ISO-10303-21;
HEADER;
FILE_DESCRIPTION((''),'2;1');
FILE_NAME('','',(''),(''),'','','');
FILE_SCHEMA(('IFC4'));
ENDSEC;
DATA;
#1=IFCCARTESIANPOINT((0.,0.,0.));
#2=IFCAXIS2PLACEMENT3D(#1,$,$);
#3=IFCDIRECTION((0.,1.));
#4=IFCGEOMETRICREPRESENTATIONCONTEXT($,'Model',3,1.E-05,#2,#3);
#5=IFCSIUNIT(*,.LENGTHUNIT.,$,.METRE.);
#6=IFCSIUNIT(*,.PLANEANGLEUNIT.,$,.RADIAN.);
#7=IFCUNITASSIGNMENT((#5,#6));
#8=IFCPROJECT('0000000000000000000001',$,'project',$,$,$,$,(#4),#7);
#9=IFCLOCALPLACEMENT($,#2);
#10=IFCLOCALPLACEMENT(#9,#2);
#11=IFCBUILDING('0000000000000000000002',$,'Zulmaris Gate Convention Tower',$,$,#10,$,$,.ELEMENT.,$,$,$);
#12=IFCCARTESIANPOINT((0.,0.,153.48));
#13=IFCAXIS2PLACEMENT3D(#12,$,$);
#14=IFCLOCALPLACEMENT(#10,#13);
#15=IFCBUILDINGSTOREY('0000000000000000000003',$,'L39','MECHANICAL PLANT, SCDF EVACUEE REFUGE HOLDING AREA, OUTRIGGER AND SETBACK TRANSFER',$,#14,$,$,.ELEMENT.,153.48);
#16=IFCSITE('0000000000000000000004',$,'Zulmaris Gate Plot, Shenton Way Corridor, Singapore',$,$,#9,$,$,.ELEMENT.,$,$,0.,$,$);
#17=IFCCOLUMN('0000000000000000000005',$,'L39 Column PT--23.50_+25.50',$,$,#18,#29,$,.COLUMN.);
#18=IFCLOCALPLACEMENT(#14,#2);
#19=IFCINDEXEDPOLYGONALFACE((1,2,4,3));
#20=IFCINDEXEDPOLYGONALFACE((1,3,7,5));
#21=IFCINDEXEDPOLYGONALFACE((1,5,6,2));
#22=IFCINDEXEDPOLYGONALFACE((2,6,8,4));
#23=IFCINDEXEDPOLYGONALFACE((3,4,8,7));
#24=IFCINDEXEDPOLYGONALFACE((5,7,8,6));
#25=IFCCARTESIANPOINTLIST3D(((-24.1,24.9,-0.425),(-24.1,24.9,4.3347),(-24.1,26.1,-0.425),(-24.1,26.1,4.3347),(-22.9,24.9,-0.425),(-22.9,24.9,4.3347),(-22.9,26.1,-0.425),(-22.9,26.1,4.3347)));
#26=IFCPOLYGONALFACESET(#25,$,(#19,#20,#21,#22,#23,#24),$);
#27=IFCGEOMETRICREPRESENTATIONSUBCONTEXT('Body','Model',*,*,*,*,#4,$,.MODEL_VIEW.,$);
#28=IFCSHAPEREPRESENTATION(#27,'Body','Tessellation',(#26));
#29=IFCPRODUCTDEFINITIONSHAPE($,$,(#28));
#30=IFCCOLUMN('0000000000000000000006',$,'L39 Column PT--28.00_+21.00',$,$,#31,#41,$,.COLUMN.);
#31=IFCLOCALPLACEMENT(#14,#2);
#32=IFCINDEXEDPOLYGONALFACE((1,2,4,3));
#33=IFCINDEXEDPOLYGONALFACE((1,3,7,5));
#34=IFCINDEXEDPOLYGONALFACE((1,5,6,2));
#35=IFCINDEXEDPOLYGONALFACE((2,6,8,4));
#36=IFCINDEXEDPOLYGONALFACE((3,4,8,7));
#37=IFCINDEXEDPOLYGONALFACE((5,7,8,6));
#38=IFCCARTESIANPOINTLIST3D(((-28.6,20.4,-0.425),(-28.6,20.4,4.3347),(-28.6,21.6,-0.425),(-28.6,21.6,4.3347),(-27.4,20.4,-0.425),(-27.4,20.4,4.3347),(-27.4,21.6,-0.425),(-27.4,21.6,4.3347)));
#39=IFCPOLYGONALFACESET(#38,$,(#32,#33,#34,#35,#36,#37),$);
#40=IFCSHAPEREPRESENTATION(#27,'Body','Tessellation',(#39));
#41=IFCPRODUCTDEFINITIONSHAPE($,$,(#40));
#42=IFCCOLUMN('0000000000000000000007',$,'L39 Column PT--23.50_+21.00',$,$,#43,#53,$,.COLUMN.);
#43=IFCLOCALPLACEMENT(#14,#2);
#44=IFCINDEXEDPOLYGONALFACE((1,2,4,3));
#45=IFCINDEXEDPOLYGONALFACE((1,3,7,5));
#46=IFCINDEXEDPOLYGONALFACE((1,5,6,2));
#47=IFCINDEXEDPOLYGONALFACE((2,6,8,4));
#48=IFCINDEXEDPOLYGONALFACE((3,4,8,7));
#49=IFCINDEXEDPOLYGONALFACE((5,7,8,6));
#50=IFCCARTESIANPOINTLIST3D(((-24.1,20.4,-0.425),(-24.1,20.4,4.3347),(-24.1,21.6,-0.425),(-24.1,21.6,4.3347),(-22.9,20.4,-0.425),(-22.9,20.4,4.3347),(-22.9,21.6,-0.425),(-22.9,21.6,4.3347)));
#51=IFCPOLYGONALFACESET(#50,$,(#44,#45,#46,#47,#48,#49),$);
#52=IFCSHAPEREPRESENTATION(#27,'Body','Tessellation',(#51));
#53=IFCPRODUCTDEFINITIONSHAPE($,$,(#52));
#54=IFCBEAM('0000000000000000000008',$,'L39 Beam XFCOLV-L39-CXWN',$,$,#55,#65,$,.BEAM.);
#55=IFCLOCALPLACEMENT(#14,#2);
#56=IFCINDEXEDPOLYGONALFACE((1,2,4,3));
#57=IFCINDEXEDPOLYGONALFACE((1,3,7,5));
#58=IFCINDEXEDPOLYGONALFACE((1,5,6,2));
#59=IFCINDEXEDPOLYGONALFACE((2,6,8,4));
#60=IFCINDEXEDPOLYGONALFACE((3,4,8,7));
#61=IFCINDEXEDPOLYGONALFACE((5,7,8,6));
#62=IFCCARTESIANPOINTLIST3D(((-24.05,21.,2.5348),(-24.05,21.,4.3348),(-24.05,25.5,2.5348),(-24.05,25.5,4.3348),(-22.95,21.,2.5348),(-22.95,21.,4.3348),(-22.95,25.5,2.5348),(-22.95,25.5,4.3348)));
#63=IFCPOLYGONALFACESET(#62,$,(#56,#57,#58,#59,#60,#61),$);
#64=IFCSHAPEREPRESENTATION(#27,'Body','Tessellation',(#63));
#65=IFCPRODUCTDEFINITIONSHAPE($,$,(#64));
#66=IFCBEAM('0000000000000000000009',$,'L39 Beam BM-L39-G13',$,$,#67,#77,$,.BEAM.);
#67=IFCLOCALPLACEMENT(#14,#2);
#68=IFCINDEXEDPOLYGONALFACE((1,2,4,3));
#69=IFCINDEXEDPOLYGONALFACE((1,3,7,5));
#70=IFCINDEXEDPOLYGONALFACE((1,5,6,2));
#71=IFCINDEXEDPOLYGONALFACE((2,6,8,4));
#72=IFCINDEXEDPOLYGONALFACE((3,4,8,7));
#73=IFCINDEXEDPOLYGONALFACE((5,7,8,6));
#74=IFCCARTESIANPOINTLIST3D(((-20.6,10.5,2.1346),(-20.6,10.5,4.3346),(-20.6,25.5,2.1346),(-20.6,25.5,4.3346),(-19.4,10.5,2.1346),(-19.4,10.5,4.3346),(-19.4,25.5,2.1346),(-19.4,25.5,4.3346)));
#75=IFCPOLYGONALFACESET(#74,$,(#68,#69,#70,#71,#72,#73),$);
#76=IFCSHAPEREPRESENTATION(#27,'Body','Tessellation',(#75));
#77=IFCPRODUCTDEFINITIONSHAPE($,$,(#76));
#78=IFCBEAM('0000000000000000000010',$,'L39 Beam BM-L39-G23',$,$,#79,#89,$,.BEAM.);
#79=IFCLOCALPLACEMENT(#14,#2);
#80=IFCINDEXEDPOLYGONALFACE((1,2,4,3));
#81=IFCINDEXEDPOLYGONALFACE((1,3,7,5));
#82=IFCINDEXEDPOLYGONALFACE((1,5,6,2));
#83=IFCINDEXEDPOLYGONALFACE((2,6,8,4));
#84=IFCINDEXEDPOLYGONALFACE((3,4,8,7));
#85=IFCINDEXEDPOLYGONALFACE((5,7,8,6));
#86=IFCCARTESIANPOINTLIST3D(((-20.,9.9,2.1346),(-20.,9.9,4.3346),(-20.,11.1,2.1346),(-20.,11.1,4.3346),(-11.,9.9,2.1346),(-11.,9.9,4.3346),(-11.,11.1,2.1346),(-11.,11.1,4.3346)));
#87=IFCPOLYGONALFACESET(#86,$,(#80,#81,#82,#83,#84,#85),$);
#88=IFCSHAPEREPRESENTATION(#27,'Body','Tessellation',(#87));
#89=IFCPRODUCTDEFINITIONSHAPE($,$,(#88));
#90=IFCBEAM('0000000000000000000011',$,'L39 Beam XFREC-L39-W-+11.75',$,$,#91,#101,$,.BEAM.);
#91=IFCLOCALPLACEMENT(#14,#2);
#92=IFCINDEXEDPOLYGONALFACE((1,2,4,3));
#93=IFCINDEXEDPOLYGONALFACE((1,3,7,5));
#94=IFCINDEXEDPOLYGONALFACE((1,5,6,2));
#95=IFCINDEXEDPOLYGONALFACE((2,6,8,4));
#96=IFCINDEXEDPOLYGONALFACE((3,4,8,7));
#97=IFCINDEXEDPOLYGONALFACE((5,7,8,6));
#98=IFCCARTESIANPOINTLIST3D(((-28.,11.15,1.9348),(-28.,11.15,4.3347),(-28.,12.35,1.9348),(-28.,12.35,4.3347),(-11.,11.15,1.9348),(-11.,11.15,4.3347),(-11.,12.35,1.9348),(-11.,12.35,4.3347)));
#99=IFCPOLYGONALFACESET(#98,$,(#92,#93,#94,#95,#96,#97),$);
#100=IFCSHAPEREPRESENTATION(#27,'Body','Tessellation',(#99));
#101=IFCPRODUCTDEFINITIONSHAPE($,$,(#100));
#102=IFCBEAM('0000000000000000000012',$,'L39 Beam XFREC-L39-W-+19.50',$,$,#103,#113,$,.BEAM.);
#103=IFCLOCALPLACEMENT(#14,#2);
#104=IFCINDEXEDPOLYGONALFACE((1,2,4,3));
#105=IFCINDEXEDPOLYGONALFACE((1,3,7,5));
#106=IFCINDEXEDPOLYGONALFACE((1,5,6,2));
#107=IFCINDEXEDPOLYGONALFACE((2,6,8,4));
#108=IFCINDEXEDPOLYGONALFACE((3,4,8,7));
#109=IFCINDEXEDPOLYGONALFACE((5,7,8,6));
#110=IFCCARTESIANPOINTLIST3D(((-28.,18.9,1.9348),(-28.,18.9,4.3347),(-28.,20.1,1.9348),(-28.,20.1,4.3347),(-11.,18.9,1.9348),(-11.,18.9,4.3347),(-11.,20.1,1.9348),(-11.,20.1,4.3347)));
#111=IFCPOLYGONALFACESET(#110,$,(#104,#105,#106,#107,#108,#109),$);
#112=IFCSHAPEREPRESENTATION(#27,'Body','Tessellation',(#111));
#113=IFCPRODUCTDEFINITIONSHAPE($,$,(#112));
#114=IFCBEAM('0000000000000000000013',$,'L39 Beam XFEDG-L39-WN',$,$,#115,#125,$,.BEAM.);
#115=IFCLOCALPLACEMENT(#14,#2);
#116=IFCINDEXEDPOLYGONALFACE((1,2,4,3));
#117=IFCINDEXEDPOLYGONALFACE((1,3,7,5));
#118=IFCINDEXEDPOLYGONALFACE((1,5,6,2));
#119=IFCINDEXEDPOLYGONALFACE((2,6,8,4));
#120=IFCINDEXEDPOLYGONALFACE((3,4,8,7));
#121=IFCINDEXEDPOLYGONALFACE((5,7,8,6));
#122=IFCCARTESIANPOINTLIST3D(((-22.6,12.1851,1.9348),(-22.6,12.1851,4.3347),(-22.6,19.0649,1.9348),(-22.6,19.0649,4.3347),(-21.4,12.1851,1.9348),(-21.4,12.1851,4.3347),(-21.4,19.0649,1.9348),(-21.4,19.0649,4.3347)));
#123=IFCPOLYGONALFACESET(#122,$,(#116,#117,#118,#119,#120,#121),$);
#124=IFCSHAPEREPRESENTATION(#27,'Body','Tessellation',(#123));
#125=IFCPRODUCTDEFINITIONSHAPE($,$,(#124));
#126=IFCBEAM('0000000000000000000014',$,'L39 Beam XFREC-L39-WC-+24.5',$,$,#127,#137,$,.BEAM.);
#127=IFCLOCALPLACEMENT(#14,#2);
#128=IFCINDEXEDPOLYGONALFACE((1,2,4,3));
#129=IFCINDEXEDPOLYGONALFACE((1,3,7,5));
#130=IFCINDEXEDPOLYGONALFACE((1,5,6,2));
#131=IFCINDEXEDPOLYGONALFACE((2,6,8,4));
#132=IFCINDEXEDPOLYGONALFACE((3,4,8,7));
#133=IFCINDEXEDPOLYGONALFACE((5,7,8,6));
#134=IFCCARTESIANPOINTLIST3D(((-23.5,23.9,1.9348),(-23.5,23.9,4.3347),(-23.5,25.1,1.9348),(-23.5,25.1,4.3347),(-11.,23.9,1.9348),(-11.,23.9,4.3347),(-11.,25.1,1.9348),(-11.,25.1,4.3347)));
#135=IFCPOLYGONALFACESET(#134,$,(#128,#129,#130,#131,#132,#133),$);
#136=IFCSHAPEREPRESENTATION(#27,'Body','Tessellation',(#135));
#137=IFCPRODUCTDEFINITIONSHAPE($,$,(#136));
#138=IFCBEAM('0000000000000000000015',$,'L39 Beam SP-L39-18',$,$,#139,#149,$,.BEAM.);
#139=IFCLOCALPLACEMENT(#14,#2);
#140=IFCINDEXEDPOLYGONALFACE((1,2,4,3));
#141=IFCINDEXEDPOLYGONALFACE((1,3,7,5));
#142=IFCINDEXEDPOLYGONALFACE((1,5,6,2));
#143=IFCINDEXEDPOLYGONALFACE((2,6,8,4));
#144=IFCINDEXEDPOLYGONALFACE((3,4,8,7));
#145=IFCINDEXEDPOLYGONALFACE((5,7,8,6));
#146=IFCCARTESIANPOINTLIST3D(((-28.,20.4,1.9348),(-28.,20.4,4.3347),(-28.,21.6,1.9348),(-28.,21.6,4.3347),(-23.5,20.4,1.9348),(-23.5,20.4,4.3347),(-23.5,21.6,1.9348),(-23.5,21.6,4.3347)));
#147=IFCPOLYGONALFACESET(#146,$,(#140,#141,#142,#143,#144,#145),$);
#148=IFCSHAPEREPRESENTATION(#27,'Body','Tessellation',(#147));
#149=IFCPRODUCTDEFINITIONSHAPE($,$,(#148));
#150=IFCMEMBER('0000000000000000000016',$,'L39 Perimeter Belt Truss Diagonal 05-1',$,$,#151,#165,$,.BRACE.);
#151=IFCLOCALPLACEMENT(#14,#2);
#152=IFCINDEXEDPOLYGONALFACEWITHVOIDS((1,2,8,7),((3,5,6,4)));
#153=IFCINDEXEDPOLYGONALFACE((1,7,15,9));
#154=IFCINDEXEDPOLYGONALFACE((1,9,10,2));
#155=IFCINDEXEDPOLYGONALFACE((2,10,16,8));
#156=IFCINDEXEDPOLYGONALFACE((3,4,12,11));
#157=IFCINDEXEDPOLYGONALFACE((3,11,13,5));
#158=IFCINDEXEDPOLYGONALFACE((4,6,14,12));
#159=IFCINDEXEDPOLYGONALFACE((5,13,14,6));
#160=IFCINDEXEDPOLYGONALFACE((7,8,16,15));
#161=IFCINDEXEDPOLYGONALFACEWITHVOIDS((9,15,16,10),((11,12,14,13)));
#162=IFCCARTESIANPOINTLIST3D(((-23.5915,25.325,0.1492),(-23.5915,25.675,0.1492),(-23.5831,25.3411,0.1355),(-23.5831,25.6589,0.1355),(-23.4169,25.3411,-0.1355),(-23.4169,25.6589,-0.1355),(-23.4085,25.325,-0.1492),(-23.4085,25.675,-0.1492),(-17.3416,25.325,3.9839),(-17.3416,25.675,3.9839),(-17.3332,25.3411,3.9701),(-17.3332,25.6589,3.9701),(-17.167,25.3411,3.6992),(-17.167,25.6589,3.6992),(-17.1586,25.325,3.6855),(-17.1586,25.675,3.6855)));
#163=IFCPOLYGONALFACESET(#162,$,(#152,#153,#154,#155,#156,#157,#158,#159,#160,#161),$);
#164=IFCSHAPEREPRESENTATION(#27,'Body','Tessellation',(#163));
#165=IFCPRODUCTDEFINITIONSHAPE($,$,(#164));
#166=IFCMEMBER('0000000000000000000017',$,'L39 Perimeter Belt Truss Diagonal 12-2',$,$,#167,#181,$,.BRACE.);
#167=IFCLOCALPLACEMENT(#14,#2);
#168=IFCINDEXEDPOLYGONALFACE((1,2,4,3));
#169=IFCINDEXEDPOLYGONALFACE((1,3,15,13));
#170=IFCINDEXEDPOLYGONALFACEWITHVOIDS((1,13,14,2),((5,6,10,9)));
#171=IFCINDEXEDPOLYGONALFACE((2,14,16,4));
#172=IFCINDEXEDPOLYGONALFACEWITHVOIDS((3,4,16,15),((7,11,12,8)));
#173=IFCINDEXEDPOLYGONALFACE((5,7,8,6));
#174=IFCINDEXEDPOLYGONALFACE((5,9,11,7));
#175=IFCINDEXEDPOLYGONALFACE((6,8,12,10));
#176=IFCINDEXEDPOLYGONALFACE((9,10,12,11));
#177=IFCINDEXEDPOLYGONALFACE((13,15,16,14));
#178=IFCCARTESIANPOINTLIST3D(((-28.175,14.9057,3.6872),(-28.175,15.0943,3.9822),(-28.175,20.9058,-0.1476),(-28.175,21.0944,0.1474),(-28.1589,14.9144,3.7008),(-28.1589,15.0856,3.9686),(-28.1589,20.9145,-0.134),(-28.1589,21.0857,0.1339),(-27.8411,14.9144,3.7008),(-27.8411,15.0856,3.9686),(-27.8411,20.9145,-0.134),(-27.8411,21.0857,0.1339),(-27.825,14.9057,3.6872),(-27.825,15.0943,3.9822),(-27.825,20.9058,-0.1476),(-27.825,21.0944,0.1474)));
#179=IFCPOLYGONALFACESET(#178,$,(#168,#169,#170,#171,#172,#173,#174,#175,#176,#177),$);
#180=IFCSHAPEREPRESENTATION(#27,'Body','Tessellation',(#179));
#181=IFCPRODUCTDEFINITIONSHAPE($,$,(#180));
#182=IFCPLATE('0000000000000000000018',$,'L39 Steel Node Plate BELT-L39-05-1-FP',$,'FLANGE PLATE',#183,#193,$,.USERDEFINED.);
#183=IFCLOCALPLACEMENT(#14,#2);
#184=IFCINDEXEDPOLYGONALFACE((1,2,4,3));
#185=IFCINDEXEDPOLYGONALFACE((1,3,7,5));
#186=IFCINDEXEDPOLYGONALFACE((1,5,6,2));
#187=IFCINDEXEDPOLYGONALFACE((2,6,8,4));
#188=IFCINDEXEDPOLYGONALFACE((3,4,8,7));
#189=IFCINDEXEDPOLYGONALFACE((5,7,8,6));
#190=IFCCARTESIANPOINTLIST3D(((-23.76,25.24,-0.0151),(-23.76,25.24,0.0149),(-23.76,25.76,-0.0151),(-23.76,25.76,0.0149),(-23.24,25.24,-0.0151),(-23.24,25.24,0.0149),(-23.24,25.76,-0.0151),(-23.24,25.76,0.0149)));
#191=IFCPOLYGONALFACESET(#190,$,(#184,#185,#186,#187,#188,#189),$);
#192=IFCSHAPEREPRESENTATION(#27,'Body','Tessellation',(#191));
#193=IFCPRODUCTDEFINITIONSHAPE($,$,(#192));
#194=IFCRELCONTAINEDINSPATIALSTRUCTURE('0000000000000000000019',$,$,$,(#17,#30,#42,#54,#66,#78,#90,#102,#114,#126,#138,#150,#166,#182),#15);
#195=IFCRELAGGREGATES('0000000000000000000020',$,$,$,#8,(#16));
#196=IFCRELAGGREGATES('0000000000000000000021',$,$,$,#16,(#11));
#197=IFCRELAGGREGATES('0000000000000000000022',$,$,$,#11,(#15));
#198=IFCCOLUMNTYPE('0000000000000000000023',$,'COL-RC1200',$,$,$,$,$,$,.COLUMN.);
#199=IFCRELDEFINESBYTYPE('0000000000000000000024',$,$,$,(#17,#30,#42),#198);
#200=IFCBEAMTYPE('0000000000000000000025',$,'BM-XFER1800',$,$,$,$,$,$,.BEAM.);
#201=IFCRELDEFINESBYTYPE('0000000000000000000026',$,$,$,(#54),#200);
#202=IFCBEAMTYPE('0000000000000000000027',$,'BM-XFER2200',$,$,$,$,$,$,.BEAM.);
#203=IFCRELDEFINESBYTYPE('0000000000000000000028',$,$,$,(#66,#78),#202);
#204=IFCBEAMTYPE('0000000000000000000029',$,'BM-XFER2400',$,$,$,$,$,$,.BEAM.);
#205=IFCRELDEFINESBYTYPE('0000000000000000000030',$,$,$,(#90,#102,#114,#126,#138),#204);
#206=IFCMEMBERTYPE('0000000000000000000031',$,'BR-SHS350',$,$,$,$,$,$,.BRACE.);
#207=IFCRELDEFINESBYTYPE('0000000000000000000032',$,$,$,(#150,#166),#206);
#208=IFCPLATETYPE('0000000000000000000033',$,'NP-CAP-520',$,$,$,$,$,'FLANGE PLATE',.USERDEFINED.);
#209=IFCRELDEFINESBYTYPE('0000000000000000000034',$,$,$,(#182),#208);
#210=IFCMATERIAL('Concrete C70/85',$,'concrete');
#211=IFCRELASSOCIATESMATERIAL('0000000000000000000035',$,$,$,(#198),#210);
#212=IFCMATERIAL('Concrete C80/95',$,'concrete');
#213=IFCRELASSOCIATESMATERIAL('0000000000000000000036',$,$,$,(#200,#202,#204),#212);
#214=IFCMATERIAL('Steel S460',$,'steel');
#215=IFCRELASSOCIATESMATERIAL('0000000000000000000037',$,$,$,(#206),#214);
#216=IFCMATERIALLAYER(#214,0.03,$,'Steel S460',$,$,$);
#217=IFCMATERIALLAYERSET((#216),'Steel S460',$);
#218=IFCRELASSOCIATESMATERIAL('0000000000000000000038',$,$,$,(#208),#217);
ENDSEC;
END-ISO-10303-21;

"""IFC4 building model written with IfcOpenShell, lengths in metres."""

from ifc_helpers import new_model, si_unit, direction, frame, origin, origin_2d, place, context, subcontext, project, spatial, rectangle, hollow_rectangle, extrude, material, layer, layer_set, material_profile, profile_set, type_object, element, save


model = new_model("IFC4")

# Units and contexts
model_context = context("Model", 3, precision=1e-05, world=origin(), true_north=direction((0.0, 1.0)))
body_context = subcontext(model_context, "Body", "Model", "MODEL_VIEW")
ifc_project = project(units=[si_unit("LENGTHUNIT", "METRE"), si_unit("PLANEANGLEUNIT", "RADIAN")], contexts=[model_context])

# Site, building, storey
site_placement = place(None, origin())
site = spatial("IfcSite", under=ifc_project, at=site_placement, Name="Zulmaris Gate Plot, Shenton Way Corridor, Singapore", CompositionType="ELEMENT", RefElevation=0.0)
building_placement = place(site_placement, origin())
building = spatial("IfcBuilding", under=site, at=building_placement, Name="Zulmaris Gate Convention Tower", CompositionType="ELEMENT")
storey_placement = place(building_placement, frame((0.0, 0.0, 153.48)))
storey = spatial("IfcBuildingStorey", under=building, at=storey_placement, Name="L39", Description="MECHANICAL PLANT, SCDF EVACUEE REFUGE HOLDING AREA, OUTRIGGER AND SETBACK TRANSFER", CompositionType="ELEMENT", Elevation=153.48)

# Columns
ifc_material_1 = material(Name="Concrete C70/85", Category="concrete")
ifc_material_profile_1 = material_profile(ifc_material_1, rectangle(XDim=1.2, YDim=1.2, at=origin_2d()), Name="RC COL 1200x1200")
ifc_profile_set_1 = profile_set([ifc_material_profile_1], Name="Concrete C70/85")
column_type = type_object("IfcColumnType", Name="COL-RC1200", PredefinedType="COLUMN", material=ifc_profile_set_1)
for number, where, z_axis, x_axis, name in (
    (1, (-23.5, 25.5, -0.425), (0.0, 0.0, 1.0), (1.0, 0.0, 0.0), "L39 Column PT--23.50_+25.50"),
    (2, (-28.0, 21.0, -0.425), (0.0, 0.0, 1.0), (1.0, 0.0, 0.0), "L39 Column PT--28.00_+21.00"),
    (3, (-23.5, 21.0, -0.425), (0.0, 0.0, 1.0), (1.0, 0.0, 0.0), "L39 Column PT--23.50_+21.00"),
):
    element("IfcColumn", number, at=place(storey_placement, frame(where, z_axis=z_axis, x_axis=x_axis)), inside=storey, type_object=column_type, Name=name, PredefinedType="COLUMN", context=body_context, shape_type="SweptSolid", body=[
        extrude(rectangle(XDim=1.2, YDim=1.2, at=origin_2d()), origin(), (0.0, 0.0, 1.0), 4.7598),
    ])

# Beams
ifc_material_2 = material(Name="Concrete C80/95", Category="concrete")
ifc_material_profile_2 = material_profile(ifc_material_2, rectangle(XDim=1.1001, YDim=1.8, at=origin_2d()), Name="RC TRANSFER 1100x1800")
ifc_profile_set_2 = profile_set([ifc_material_profile_2], Name="Concrete C80/95")
beam_type_1 = type_object("IfcBeamType", Name="BM-XFER1800", PredefinedType="BEAM", material=ifc_profile_set_2)
beam_1_placement = place(storey_placement, frame((-23.5, 21.0, 3.4348), z_axis=(0.0, 1.0, 0.0), x_axis=(-1.0, 0.0, 0.0)))
element("IfcBeam", 4, at=beam_1_placement, inside=storey, type_object=beam_type_1, Name="L39 Beam XFCOLV-L39-CXWN", PredefinedType="BEAM", context=body_context, shape_type="SweptSolid", body=[
    extrude(rectangle(XDim=1.1001, YDim=1.8, at=origin_2d()), origin(), (0.0, 0.0, 1.0), 4.5),
])
ifc_material_profile_3 = material_profile(ifc_material_2, rectangle(XDim=1.2, YDim=2.2, at=origin_2d()), Name="RC TRANSFER 1200x2200")
ifc_profile_set_3 = profile_set([ifc_material_profile_3], Name="Concrete C80/95")
beam_type_2 = type_object("IfcBeamType", Name="BM-XFER2200", PredefinedType="BEAM", material=ifc_profile_set_3)
beam_2_placement = place(storey_placement, frame((-20.0, 10.5, 3.2346), z_axis=(0.0, 1.0, 0.0), x_axis=(-1.0, 0.0, 0.0)))
element("IfcBeam", 5, at=beam_2_placement, inside=storey, type_object=beam_type_2, Name="L39 Beam BM-L39-G13", PredefinedType="BEAM", context=body_context, shape_type="SweptSolid", body=[
    extrude(rectangle(XDim=1.2, YDim=2.2, at=origin_2d()), origin(), (0.0, 0.0, 1.0), 15.0),
])
beam_3_placement = place(storey_placement, frame((-20.0, 10.5, 3.2346), z_axis=(1.0, 0.0, 0.0), x_axis=(0.0, 1.0, 0.0)))
element("IfcBeam", 6, at=beam_3_placement, inside=storey, type_object=beam_type_2, Name="L39 Beam BM-L39-G23", PredefinedType="BEAM", context=body_context, shape_type="SweptSolid", body=[
    extrude(rectangle(XDim=1.2, YDim=2.2, at=origin_2d()), origin(), (0.0, 0.0, 1.0), 9.0),
])
ifc_material_profile_4 = material_profile(ifc_material_2, rectangle(XDim=1.2, YDim=2.3999, at=origin_2d()), Name="RC TRANSFER 1200x2400")
ifc_profile_set_4 = profile_set([ifc_material_profile_4], Name="Concrete C80/95")
beam_type_3 = type_object("IfcBeamType", Name="BM-XFER2400", PredefinedType="BEAM", material=ifc_profile_set_4)
for number, where, z_axis, x_axis, name in (
    (7, (-28.0, 11.75, 3.1348), (1.0, 0.0, 0.0), (0.0, 1.0, 0.0), "L39 Beam XFREC-L39-W-+11.75"),
    (8, (-28.0, 19.5, 3.1348), (1.0, 0.0, 0.0), (0.0, 1.0, 0.0), "L39 Beam XFREC-L39-W-+19.50"),
):
    element("IfcBeam", number, at=place(storey_placement, frame(where, z_axis=z_axis, x_axis=x_axis)), inside=storey, type_object=beam_type_3, Name=name, PredefinedType="BEAM", context=body_context, shape_type="SweptSolid", body=[
        extrude(rectangle(XDim=1.2, YDim=2.3999, at=origin_2d()), origin(), (0.0, 0.0, 1.0), 17.0),
    ])
beam_4_placement = place(storey_placement, frame((-22.0, 12.1851, 3.1348), z_axis=(0.0, 1.0, 0.0), x_axis=(-1.0, 0.0, 0.0)))
element("IfcBeam", 9, at=beam_4_placement, inside=storey, type_object=beam_type_3, Name="L39 Beam XFEDG-L39-WN", PredefinedType="BEAM", context=body_context, shape_type="SweptSolid", body=[
    extrude(rectangle(XDim=1.2, YDim=2.3999, at=origin_2d()), origin(), (0.0, 0.0, 1.0), 6.8799),
])
beam_5_placement = place(storey_placement, frame((-23.5, 24.5, 3.1348), z_axis=(1.0, 0.0, 0.0), x_axis=(0.0, 1.0, 0.0)))
element("IfcBeam", 10, at=beam_5_placement, inside=storey, type_object=beam_type_3, Name="L39 Beam XFREC-L39-WC-+24.5", PredefinedType="BEAM", context=body_context, shape_type="SweptSolid", body=[
    extrude(rectangle(XDim=1.2, YDim=2.3999, at=origin_2d()), origin(), (0.0, 0.0, 1.0), 12.5),
])
beam_6_placement = place(storey_placement, frame((-23.5, 21.0, 3.1348), z_axis=(-1.0, 0.0, 0.0), x_axis=(0.0, -1.0, 0.0)))
element("IfcBeam", 11, at=beam_6_placement, inside=storey, type_object=beam_type_3, Name="L39 Beam SP-L39-18", PredefinedType="BEAM", context=body_context, shape_type="SweptSolid", body=[
    extrude(rectangle(XDim=1.2, YDim=2.3999, at=origin_2d()), origin(), (0.0, 0.0, 1.0), 4.5),
])

# Members
ifc_material_3 = material(Name="Steel S460", Category="steel")
ifc_material_profile_5 = material_profile(ifc_material_3, hollow_rectangle(XDim=0.3501, YDim=0.3501, WallThickness=0.0161, at=origin_2d()), Name="SHS 350x350x16")
ifc_profile_set_5 = profile_set([ifc_material_profile_5], Name="Steel S460")
member_type = type_object("IfcMemberType", Name="BR-SHS350", PredefinedType="BRACE", material=ifc_profile_set_5)
member_1_placement = place(storey_placement, frame((-23.5, 25.5, 0.0), z_axis=(0.852354, 0.0, 0.522966), x_axis=(0.0, 1.0, 0.0)))
element("IfcMember", 12, at=member_1_placement, inside=storey, type_object=member_type, Name="L39 Perimeter Belt Truss Diagonal 05-1", PredefinedType="BRACE", context=body_context, shape_type="SweptSolid", body=[
    extrude(hollow_rectangle(XDim=0.3501, YDim=0.3501, WallThickness=0.0161, at=origin_2d()), origin(), (0.0, 0.0, 1.0), 7.3325),
])
member_2_placement = place(storey_placement, frame((-28.0, 15.0, 3.8347), z_axis=(0.0, 0.842608, -0.538527), x_axis=(-1.0, 0.0, 0.0)))
element("IfcMember", 13, at=member_2_placement, inside=storey, type_object=member_type, Name="L39 Perimeter Belt Truss Diagonal 12-2", PredefinedType="BRACE", context=body_context, shape_type="SweptSolid", body=[
    extrude(hollow_rectangle(XDim=0.3501, YDim=0.3501, WallThickness=0.0161, at=origin_2d()), origin(), (0.0, 0.0, 1.0), 7.1208),
])

# Plate
ifc_layer_1 = layer(ifc_material_3, 0.03, Name="Steel S460")
ifc_layer_set_1 = layer_set([ifc_layer_1], Name="Steel S460")
plate_type_1 = type_object("IfcPlateType", Name="NP-CAP-520", ElementType="FLANGE PLATE", PredefinedType="USERDEFINED", material=ifc_layer_set_1)
for number, where, z_axis, x_axis, name in (
    (14, (-23.5, 25.5, -0.0151), (0.0, 0.0, 1.0), (1.0, 0.0, 0.0), "L39 Steel Node Plate BELT-L39-05-1-FP"),
):
    element("IfcPlate", number, at=place(storey_placement, frame(where, z_axis=z_axis, x_axis=x_axis)), inside=storey, type_object=plate_type_1, Name=name, ObjectType="FLANGE PLATE", PredefinedType="USERDEFINED", context=body_context, shape_type="SweptSolid", body=[
        extrude(rectangle(XDim=0.52, YDim=0.52, at=origin_2d()), origin(), (0.0, 0.0, 1.0), 0.03),
    ])

save(model, "model.ifc")
